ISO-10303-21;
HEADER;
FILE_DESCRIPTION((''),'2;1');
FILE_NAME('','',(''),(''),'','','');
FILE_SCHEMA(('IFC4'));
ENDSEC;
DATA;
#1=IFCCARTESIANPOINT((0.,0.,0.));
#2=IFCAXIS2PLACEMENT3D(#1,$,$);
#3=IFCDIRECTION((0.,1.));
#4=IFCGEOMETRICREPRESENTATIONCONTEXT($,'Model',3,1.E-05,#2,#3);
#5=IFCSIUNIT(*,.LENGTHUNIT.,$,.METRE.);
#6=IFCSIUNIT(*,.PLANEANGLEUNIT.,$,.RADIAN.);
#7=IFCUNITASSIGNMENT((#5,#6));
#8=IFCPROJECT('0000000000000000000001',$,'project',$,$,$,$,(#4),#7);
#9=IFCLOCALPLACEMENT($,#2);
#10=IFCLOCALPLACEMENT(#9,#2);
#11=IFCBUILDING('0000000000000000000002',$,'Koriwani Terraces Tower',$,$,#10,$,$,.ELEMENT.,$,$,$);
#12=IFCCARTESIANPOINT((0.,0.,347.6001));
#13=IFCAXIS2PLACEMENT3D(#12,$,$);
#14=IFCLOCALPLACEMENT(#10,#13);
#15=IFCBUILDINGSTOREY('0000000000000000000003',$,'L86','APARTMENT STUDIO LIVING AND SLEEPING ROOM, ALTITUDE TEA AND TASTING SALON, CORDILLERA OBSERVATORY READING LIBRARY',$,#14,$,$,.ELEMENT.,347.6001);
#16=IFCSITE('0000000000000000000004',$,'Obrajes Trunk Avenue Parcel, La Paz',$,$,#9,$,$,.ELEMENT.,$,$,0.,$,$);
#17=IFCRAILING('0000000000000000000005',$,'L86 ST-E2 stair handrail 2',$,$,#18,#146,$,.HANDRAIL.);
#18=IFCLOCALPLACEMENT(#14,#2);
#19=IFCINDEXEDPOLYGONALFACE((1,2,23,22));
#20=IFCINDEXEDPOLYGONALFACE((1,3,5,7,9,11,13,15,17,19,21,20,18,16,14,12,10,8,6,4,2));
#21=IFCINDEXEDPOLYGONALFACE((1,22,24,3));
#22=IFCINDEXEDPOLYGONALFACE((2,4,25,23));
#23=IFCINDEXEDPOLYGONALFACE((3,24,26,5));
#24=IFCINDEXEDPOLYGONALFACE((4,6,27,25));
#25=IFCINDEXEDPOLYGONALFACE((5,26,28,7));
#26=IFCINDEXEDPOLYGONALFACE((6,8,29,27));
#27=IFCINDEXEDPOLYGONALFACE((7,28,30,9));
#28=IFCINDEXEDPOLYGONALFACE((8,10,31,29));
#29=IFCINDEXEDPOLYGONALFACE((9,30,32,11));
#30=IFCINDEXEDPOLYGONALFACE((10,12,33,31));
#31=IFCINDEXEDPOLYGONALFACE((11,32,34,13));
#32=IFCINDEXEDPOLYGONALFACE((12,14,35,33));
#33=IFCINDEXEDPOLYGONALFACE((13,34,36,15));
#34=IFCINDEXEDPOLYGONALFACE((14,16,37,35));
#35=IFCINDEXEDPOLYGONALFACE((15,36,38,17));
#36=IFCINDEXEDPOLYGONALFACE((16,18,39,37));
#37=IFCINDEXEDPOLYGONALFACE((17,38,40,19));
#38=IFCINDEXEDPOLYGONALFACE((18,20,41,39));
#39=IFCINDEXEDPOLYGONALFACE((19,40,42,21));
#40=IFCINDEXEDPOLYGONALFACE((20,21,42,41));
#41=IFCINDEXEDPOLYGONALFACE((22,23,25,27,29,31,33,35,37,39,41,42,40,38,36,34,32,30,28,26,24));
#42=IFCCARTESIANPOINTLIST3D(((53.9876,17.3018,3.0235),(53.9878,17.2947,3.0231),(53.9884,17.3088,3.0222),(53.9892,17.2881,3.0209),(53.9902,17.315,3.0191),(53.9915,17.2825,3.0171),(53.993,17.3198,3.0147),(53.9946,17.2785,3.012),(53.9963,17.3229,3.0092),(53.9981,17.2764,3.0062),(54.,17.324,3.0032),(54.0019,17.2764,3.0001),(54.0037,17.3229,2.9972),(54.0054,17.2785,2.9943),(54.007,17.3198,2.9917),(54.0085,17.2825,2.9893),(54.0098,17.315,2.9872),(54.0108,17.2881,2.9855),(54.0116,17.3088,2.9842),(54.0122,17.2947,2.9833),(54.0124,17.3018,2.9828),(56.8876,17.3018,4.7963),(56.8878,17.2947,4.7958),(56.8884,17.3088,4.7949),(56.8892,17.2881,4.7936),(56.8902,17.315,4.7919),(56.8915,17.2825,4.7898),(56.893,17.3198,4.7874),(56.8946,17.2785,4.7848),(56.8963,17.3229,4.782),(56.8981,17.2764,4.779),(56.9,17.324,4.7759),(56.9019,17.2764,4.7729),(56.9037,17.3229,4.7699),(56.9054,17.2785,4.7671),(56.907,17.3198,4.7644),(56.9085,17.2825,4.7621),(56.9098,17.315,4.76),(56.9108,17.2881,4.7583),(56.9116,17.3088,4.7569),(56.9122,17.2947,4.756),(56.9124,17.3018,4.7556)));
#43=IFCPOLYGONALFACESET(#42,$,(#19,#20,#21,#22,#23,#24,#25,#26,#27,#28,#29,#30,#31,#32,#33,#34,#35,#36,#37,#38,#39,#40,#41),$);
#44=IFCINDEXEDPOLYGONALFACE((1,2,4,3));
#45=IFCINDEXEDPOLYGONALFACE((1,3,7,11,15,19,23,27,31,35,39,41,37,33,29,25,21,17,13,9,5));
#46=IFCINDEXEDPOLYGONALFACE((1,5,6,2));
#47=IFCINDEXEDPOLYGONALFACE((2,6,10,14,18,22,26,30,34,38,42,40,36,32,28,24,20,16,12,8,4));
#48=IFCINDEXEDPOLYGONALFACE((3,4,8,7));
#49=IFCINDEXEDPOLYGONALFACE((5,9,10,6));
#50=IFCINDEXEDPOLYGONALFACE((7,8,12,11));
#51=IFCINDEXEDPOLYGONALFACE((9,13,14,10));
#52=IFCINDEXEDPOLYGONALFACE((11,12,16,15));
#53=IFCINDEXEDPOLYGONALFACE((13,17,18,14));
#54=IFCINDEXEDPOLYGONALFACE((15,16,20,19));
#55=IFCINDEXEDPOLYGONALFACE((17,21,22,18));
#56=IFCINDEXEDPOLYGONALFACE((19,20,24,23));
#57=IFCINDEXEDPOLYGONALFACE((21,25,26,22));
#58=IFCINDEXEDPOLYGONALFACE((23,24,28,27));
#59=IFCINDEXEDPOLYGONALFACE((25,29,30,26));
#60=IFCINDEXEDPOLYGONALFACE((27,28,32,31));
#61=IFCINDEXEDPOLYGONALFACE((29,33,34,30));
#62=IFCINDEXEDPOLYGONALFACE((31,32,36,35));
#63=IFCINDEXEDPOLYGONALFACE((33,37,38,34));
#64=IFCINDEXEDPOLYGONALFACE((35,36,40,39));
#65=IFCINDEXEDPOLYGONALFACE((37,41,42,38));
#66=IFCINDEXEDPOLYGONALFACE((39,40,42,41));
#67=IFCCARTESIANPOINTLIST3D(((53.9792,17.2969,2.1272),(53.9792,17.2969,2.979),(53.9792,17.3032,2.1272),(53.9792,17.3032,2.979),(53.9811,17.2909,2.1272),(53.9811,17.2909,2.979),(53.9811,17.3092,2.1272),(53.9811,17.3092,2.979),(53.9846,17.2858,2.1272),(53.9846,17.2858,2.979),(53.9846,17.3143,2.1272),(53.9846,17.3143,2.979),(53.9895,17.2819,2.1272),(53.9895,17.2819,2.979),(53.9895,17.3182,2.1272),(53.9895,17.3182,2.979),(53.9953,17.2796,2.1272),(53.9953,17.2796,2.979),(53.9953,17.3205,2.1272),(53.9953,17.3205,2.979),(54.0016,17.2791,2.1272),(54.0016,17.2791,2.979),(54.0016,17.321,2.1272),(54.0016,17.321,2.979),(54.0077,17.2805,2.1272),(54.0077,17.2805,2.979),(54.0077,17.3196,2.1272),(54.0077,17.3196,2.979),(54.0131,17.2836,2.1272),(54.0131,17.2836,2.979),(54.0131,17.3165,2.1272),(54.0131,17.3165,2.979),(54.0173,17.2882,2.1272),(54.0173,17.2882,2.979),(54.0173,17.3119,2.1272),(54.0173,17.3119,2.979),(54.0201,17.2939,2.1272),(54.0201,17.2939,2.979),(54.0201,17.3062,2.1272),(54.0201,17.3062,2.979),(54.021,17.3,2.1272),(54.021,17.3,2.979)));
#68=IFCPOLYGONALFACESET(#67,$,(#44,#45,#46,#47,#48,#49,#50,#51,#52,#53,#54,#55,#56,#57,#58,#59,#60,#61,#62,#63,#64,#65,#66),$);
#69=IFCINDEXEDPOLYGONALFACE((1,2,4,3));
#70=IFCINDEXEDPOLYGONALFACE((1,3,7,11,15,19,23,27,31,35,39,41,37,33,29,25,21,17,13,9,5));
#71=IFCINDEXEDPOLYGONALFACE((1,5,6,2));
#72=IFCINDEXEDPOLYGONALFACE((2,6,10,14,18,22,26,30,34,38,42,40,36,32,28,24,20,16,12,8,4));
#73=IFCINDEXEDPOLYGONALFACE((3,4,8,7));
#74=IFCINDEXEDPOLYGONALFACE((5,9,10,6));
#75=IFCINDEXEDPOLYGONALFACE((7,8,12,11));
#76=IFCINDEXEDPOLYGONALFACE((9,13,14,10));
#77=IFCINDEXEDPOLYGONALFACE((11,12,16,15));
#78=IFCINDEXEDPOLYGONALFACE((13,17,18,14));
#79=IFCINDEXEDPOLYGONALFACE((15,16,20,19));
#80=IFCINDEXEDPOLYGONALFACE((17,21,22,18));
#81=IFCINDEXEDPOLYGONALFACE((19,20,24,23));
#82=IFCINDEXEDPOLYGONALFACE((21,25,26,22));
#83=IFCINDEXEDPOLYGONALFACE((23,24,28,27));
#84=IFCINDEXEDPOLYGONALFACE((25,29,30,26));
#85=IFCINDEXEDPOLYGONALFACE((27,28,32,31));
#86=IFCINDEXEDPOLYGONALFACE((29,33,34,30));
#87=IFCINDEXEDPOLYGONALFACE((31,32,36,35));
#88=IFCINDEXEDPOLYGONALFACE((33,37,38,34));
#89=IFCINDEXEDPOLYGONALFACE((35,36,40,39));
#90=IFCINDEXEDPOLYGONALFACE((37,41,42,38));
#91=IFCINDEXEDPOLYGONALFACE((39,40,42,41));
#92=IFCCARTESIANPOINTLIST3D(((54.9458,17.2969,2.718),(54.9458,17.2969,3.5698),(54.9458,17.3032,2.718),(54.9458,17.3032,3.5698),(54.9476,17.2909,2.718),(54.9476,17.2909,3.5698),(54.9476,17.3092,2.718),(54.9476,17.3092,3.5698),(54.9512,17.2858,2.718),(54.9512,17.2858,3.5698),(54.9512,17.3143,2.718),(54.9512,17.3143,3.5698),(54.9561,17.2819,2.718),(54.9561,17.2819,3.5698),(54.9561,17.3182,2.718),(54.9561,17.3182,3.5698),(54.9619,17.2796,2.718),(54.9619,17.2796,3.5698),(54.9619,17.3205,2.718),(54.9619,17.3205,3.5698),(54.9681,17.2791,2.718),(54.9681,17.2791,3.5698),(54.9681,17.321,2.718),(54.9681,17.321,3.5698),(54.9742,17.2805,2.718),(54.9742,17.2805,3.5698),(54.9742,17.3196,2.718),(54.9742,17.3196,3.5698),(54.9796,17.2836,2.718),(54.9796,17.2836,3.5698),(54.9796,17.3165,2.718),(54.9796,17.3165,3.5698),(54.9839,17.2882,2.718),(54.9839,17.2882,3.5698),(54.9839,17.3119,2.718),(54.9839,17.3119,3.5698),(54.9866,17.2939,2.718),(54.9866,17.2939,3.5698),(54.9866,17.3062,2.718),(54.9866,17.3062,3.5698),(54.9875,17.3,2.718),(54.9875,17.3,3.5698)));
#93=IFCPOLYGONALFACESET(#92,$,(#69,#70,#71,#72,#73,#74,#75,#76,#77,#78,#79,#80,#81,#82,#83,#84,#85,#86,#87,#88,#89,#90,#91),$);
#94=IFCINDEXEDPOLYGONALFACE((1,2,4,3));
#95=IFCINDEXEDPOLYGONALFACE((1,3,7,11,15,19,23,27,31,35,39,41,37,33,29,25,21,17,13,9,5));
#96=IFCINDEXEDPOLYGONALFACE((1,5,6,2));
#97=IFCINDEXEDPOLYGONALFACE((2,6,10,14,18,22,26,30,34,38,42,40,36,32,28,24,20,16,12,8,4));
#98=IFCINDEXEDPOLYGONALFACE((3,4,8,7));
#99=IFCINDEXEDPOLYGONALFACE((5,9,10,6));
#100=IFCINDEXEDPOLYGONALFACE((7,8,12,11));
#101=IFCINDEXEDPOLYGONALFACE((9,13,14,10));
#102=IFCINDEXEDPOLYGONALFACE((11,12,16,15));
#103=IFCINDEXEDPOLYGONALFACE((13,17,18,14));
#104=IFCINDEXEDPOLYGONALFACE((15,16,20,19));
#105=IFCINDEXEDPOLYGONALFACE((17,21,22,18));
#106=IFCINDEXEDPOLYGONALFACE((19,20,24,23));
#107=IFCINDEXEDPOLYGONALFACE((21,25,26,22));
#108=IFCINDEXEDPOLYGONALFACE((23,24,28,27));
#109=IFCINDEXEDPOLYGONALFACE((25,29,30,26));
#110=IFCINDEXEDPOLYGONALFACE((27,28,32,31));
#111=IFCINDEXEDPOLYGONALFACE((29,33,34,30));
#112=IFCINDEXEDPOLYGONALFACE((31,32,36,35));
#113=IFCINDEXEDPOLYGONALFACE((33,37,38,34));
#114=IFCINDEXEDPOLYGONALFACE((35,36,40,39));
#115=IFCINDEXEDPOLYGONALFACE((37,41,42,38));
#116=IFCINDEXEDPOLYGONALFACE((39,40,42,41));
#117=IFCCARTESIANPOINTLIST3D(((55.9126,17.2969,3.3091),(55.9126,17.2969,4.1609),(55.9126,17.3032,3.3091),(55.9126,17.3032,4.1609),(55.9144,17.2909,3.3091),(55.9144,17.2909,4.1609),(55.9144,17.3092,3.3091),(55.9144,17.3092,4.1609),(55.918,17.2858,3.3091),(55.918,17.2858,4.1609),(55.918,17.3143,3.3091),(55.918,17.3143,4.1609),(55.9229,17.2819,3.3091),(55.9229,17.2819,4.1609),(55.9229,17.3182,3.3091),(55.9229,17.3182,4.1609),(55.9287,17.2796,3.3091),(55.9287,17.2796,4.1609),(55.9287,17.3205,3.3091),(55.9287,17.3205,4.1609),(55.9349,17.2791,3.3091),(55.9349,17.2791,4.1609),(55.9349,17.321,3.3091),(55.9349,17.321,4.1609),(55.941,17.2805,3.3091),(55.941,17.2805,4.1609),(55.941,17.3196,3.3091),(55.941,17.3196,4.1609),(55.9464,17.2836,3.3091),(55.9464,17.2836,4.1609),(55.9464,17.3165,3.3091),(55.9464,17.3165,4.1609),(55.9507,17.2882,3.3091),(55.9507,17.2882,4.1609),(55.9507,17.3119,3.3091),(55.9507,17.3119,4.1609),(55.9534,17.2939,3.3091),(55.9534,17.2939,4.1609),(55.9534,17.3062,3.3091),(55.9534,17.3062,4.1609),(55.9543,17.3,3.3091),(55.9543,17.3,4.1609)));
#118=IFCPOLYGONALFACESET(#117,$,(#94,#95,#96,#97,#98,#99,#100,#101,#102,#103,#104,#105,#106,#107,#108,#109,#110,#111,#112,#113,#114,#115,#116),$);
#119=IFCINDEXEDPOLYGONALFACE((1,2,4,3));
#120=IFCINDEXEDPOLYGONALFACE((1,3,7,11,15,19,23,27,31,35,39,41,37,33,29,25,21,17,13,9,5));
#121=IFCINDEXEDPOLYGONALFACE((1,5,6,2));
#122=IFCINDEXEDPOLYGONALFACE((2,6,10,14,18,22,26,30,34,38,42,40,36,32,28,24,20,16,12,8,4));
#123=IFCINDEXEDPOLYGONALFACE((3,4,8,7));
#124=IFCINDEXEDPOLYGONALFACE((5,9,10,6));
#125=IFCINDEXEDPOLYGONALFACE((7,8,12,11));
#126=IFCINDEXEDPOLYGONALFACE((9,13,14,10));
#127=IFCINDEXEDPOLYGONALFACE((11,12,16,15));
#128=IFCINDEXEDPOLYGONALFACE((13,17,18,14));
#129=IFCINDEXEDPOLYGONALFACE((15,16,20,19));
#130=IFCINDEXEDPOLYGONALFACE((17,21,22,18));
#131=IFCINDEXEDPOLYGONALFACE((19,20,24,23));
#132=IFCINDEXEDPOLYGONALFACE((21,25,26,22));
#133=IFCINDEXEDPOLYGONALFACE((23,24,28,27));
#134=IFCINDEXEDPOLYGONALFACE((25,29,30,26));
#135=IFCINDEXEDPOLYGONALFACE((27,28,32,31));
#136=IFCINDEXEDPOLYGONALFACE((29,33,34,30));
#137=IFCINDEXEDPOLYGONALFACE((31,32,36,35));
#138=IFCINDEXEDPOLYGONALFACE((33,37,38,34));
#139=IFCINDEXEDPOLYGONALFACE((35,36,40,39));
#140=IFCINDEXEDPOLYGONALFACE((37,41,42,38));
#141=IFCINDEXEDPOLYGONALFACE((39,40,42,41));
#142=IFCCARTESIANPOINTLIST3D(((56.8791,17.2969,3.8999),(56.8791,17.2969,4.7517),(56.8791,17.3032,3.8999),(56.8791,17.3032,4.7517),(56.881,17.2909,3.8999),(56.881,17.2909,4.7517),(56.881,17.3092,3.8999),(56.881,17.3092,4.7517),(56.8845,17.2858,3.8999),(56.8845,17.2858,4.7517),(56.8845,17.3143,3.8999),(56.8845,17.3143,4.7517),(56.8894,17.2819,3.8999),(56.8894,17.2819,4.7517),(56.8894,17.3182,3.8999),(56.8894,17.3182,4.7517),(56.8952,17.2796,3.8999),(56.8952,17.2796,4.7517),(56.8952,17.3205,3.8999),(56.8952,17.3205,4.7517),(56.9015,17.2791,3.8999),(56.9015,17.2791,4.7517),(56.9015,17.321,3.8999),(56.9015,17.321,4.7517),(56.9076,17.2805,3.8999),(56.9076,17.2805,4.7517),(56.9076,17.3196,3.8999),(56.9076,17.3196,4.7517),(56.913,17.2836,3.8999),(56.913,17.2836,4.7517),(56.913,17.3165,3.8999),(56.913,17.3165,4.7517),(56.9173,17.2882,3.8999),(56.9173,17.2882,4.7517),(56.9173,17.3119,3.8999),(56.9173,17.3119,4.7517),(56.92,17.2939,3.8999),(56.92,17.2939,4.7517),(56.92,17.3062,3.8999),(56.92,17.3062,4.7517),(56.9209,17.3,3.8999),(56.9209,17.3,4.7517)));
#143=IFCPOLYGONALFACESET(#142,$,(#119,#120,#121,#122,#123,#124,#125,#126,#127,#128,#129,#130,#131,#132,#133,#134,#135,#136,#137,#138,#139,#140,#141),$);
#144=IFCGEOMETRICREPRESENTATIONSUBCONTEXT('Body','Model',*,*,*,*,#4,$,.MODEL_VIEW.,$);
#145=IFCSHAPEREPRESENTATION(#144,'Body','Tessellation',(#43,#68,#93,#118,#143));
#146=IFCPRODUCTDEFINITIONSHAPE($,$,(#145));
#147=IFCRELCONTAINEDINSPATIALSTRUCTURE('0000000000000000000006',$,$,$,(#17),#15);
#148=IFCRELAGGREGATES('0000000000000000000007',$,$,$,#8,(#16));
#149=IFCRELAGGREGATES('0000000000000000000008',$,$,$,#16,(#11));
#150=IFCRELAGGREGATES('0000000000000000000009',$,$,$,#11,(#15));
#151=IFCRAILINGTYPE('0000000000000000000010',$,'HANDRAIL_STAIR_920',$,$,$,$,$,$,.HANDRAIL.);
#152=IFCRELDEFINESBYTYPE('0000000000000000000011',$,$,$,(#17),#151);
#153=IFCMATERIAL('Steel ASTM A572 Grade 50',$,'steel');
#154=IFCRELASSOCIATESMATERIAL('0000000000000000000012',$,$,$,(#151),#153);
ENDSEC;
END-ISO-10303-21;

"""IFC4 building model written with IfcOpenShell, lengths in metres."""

from ifc_helpers import new_model, si_unit, direction, frame, origin, origin_2d, place, context, subcontext, project, spatial, circle, extrude, material, type_object, element, save


model = new_model("IFC4")

# Units and contexts
model_context = context("Model", 3, precision=1e-05, world=origin(), true_north=direction((0.0, 1.0)))
body_context = subcontext(model_context, "Body", "Model", "MODEL_VIEW")
ifc_project = project(units=[si_unit("LENGTHUNIT", "METRE"), si_unit("PLANEANGLEUNIT", "RADIAN")], contexts=[model_context])

# Site, building, storey
site_placement = place(None, origin())
site = spatial("IfcSite", under=ifc_project, at=site_placement, Name="Obrajes Trunk Avenue Parcel, La Paz", CompositionType="ELEMENT", RefElevation=0.0)
building_placement = place(site_placement, origin())
building = spatial("IfcBuilding", under=site, at=building_placement, Name="Koriwani Terraces Tower", CompositionType="ELEMENT")
storey_placement = place(building_placement, frame((0.0, 0.0, 347.6001)))
storey = spatial("IfcBuildingStorey", under=building, at=storey_placement, Name="L86", Description="APARTMENT STUDIO LIVING AND SLEEPING ROOM, ALTITUDE TEA AND TASTING SALON, CORDILLERA OBSERVATORY READING LIBRARY", CompositionType="ELEMENT", Elevation=347.6001)

# Shared definitions
ifc_material_1 = material(Name="Steel ASTM A572 Grade 50", Category="steel")

# Railing
railing_type_1 = type_object("IfcRailingType", Name="HANDRAIL_STAIR_920", PredefinedType="HANDRAIL", material=ifc_material_1)
railing_1_placement = place(storey_placement, frame((54.0, 17.3, 2.1272)))
element("IfcRailing", 1, at=railing_1_placement, inside=storey, type_object=railing_type_1, Name="L86 ST-E2 stair handrail 2", PredefinedType="HANDRAIL", context=body_context, shape_type="SweptSolid", body=[
    extrude(circle(Radius=0.0239, at=origin_2d()), frame((0.0, 0.0, 0.876), z_axis=(0.853211, 0.0, 0.521566), x_axis=(0.0, 1.0, 0.0)), (0.0, 0.0, 1.0), 3.3989),
    extrude(circle(Radius=0.021, at=origin_2d()), origin(), (0.0, 0.0, 1.0), 0.8518),
    extrude(circle(Radius=0.021, at=origin_2d()), frame((0.9666, 0.0, 0.5908)), (0.0, 0.0, 1.0), 0.8518),
    extrude(circle(Radius=0.021, at=origin_2d()), frame((1.9333, 0.0, 1.1819)), (0.0, 0.0, 1.0), 0.8518),
    extrude(circle(Radius=0.021, at=origin_2d()), frame((2.8999, 0.0, 1.7727)), (0.0, 0.0, 1.0), 0.8518),
])

save(model, "model.ifc")
